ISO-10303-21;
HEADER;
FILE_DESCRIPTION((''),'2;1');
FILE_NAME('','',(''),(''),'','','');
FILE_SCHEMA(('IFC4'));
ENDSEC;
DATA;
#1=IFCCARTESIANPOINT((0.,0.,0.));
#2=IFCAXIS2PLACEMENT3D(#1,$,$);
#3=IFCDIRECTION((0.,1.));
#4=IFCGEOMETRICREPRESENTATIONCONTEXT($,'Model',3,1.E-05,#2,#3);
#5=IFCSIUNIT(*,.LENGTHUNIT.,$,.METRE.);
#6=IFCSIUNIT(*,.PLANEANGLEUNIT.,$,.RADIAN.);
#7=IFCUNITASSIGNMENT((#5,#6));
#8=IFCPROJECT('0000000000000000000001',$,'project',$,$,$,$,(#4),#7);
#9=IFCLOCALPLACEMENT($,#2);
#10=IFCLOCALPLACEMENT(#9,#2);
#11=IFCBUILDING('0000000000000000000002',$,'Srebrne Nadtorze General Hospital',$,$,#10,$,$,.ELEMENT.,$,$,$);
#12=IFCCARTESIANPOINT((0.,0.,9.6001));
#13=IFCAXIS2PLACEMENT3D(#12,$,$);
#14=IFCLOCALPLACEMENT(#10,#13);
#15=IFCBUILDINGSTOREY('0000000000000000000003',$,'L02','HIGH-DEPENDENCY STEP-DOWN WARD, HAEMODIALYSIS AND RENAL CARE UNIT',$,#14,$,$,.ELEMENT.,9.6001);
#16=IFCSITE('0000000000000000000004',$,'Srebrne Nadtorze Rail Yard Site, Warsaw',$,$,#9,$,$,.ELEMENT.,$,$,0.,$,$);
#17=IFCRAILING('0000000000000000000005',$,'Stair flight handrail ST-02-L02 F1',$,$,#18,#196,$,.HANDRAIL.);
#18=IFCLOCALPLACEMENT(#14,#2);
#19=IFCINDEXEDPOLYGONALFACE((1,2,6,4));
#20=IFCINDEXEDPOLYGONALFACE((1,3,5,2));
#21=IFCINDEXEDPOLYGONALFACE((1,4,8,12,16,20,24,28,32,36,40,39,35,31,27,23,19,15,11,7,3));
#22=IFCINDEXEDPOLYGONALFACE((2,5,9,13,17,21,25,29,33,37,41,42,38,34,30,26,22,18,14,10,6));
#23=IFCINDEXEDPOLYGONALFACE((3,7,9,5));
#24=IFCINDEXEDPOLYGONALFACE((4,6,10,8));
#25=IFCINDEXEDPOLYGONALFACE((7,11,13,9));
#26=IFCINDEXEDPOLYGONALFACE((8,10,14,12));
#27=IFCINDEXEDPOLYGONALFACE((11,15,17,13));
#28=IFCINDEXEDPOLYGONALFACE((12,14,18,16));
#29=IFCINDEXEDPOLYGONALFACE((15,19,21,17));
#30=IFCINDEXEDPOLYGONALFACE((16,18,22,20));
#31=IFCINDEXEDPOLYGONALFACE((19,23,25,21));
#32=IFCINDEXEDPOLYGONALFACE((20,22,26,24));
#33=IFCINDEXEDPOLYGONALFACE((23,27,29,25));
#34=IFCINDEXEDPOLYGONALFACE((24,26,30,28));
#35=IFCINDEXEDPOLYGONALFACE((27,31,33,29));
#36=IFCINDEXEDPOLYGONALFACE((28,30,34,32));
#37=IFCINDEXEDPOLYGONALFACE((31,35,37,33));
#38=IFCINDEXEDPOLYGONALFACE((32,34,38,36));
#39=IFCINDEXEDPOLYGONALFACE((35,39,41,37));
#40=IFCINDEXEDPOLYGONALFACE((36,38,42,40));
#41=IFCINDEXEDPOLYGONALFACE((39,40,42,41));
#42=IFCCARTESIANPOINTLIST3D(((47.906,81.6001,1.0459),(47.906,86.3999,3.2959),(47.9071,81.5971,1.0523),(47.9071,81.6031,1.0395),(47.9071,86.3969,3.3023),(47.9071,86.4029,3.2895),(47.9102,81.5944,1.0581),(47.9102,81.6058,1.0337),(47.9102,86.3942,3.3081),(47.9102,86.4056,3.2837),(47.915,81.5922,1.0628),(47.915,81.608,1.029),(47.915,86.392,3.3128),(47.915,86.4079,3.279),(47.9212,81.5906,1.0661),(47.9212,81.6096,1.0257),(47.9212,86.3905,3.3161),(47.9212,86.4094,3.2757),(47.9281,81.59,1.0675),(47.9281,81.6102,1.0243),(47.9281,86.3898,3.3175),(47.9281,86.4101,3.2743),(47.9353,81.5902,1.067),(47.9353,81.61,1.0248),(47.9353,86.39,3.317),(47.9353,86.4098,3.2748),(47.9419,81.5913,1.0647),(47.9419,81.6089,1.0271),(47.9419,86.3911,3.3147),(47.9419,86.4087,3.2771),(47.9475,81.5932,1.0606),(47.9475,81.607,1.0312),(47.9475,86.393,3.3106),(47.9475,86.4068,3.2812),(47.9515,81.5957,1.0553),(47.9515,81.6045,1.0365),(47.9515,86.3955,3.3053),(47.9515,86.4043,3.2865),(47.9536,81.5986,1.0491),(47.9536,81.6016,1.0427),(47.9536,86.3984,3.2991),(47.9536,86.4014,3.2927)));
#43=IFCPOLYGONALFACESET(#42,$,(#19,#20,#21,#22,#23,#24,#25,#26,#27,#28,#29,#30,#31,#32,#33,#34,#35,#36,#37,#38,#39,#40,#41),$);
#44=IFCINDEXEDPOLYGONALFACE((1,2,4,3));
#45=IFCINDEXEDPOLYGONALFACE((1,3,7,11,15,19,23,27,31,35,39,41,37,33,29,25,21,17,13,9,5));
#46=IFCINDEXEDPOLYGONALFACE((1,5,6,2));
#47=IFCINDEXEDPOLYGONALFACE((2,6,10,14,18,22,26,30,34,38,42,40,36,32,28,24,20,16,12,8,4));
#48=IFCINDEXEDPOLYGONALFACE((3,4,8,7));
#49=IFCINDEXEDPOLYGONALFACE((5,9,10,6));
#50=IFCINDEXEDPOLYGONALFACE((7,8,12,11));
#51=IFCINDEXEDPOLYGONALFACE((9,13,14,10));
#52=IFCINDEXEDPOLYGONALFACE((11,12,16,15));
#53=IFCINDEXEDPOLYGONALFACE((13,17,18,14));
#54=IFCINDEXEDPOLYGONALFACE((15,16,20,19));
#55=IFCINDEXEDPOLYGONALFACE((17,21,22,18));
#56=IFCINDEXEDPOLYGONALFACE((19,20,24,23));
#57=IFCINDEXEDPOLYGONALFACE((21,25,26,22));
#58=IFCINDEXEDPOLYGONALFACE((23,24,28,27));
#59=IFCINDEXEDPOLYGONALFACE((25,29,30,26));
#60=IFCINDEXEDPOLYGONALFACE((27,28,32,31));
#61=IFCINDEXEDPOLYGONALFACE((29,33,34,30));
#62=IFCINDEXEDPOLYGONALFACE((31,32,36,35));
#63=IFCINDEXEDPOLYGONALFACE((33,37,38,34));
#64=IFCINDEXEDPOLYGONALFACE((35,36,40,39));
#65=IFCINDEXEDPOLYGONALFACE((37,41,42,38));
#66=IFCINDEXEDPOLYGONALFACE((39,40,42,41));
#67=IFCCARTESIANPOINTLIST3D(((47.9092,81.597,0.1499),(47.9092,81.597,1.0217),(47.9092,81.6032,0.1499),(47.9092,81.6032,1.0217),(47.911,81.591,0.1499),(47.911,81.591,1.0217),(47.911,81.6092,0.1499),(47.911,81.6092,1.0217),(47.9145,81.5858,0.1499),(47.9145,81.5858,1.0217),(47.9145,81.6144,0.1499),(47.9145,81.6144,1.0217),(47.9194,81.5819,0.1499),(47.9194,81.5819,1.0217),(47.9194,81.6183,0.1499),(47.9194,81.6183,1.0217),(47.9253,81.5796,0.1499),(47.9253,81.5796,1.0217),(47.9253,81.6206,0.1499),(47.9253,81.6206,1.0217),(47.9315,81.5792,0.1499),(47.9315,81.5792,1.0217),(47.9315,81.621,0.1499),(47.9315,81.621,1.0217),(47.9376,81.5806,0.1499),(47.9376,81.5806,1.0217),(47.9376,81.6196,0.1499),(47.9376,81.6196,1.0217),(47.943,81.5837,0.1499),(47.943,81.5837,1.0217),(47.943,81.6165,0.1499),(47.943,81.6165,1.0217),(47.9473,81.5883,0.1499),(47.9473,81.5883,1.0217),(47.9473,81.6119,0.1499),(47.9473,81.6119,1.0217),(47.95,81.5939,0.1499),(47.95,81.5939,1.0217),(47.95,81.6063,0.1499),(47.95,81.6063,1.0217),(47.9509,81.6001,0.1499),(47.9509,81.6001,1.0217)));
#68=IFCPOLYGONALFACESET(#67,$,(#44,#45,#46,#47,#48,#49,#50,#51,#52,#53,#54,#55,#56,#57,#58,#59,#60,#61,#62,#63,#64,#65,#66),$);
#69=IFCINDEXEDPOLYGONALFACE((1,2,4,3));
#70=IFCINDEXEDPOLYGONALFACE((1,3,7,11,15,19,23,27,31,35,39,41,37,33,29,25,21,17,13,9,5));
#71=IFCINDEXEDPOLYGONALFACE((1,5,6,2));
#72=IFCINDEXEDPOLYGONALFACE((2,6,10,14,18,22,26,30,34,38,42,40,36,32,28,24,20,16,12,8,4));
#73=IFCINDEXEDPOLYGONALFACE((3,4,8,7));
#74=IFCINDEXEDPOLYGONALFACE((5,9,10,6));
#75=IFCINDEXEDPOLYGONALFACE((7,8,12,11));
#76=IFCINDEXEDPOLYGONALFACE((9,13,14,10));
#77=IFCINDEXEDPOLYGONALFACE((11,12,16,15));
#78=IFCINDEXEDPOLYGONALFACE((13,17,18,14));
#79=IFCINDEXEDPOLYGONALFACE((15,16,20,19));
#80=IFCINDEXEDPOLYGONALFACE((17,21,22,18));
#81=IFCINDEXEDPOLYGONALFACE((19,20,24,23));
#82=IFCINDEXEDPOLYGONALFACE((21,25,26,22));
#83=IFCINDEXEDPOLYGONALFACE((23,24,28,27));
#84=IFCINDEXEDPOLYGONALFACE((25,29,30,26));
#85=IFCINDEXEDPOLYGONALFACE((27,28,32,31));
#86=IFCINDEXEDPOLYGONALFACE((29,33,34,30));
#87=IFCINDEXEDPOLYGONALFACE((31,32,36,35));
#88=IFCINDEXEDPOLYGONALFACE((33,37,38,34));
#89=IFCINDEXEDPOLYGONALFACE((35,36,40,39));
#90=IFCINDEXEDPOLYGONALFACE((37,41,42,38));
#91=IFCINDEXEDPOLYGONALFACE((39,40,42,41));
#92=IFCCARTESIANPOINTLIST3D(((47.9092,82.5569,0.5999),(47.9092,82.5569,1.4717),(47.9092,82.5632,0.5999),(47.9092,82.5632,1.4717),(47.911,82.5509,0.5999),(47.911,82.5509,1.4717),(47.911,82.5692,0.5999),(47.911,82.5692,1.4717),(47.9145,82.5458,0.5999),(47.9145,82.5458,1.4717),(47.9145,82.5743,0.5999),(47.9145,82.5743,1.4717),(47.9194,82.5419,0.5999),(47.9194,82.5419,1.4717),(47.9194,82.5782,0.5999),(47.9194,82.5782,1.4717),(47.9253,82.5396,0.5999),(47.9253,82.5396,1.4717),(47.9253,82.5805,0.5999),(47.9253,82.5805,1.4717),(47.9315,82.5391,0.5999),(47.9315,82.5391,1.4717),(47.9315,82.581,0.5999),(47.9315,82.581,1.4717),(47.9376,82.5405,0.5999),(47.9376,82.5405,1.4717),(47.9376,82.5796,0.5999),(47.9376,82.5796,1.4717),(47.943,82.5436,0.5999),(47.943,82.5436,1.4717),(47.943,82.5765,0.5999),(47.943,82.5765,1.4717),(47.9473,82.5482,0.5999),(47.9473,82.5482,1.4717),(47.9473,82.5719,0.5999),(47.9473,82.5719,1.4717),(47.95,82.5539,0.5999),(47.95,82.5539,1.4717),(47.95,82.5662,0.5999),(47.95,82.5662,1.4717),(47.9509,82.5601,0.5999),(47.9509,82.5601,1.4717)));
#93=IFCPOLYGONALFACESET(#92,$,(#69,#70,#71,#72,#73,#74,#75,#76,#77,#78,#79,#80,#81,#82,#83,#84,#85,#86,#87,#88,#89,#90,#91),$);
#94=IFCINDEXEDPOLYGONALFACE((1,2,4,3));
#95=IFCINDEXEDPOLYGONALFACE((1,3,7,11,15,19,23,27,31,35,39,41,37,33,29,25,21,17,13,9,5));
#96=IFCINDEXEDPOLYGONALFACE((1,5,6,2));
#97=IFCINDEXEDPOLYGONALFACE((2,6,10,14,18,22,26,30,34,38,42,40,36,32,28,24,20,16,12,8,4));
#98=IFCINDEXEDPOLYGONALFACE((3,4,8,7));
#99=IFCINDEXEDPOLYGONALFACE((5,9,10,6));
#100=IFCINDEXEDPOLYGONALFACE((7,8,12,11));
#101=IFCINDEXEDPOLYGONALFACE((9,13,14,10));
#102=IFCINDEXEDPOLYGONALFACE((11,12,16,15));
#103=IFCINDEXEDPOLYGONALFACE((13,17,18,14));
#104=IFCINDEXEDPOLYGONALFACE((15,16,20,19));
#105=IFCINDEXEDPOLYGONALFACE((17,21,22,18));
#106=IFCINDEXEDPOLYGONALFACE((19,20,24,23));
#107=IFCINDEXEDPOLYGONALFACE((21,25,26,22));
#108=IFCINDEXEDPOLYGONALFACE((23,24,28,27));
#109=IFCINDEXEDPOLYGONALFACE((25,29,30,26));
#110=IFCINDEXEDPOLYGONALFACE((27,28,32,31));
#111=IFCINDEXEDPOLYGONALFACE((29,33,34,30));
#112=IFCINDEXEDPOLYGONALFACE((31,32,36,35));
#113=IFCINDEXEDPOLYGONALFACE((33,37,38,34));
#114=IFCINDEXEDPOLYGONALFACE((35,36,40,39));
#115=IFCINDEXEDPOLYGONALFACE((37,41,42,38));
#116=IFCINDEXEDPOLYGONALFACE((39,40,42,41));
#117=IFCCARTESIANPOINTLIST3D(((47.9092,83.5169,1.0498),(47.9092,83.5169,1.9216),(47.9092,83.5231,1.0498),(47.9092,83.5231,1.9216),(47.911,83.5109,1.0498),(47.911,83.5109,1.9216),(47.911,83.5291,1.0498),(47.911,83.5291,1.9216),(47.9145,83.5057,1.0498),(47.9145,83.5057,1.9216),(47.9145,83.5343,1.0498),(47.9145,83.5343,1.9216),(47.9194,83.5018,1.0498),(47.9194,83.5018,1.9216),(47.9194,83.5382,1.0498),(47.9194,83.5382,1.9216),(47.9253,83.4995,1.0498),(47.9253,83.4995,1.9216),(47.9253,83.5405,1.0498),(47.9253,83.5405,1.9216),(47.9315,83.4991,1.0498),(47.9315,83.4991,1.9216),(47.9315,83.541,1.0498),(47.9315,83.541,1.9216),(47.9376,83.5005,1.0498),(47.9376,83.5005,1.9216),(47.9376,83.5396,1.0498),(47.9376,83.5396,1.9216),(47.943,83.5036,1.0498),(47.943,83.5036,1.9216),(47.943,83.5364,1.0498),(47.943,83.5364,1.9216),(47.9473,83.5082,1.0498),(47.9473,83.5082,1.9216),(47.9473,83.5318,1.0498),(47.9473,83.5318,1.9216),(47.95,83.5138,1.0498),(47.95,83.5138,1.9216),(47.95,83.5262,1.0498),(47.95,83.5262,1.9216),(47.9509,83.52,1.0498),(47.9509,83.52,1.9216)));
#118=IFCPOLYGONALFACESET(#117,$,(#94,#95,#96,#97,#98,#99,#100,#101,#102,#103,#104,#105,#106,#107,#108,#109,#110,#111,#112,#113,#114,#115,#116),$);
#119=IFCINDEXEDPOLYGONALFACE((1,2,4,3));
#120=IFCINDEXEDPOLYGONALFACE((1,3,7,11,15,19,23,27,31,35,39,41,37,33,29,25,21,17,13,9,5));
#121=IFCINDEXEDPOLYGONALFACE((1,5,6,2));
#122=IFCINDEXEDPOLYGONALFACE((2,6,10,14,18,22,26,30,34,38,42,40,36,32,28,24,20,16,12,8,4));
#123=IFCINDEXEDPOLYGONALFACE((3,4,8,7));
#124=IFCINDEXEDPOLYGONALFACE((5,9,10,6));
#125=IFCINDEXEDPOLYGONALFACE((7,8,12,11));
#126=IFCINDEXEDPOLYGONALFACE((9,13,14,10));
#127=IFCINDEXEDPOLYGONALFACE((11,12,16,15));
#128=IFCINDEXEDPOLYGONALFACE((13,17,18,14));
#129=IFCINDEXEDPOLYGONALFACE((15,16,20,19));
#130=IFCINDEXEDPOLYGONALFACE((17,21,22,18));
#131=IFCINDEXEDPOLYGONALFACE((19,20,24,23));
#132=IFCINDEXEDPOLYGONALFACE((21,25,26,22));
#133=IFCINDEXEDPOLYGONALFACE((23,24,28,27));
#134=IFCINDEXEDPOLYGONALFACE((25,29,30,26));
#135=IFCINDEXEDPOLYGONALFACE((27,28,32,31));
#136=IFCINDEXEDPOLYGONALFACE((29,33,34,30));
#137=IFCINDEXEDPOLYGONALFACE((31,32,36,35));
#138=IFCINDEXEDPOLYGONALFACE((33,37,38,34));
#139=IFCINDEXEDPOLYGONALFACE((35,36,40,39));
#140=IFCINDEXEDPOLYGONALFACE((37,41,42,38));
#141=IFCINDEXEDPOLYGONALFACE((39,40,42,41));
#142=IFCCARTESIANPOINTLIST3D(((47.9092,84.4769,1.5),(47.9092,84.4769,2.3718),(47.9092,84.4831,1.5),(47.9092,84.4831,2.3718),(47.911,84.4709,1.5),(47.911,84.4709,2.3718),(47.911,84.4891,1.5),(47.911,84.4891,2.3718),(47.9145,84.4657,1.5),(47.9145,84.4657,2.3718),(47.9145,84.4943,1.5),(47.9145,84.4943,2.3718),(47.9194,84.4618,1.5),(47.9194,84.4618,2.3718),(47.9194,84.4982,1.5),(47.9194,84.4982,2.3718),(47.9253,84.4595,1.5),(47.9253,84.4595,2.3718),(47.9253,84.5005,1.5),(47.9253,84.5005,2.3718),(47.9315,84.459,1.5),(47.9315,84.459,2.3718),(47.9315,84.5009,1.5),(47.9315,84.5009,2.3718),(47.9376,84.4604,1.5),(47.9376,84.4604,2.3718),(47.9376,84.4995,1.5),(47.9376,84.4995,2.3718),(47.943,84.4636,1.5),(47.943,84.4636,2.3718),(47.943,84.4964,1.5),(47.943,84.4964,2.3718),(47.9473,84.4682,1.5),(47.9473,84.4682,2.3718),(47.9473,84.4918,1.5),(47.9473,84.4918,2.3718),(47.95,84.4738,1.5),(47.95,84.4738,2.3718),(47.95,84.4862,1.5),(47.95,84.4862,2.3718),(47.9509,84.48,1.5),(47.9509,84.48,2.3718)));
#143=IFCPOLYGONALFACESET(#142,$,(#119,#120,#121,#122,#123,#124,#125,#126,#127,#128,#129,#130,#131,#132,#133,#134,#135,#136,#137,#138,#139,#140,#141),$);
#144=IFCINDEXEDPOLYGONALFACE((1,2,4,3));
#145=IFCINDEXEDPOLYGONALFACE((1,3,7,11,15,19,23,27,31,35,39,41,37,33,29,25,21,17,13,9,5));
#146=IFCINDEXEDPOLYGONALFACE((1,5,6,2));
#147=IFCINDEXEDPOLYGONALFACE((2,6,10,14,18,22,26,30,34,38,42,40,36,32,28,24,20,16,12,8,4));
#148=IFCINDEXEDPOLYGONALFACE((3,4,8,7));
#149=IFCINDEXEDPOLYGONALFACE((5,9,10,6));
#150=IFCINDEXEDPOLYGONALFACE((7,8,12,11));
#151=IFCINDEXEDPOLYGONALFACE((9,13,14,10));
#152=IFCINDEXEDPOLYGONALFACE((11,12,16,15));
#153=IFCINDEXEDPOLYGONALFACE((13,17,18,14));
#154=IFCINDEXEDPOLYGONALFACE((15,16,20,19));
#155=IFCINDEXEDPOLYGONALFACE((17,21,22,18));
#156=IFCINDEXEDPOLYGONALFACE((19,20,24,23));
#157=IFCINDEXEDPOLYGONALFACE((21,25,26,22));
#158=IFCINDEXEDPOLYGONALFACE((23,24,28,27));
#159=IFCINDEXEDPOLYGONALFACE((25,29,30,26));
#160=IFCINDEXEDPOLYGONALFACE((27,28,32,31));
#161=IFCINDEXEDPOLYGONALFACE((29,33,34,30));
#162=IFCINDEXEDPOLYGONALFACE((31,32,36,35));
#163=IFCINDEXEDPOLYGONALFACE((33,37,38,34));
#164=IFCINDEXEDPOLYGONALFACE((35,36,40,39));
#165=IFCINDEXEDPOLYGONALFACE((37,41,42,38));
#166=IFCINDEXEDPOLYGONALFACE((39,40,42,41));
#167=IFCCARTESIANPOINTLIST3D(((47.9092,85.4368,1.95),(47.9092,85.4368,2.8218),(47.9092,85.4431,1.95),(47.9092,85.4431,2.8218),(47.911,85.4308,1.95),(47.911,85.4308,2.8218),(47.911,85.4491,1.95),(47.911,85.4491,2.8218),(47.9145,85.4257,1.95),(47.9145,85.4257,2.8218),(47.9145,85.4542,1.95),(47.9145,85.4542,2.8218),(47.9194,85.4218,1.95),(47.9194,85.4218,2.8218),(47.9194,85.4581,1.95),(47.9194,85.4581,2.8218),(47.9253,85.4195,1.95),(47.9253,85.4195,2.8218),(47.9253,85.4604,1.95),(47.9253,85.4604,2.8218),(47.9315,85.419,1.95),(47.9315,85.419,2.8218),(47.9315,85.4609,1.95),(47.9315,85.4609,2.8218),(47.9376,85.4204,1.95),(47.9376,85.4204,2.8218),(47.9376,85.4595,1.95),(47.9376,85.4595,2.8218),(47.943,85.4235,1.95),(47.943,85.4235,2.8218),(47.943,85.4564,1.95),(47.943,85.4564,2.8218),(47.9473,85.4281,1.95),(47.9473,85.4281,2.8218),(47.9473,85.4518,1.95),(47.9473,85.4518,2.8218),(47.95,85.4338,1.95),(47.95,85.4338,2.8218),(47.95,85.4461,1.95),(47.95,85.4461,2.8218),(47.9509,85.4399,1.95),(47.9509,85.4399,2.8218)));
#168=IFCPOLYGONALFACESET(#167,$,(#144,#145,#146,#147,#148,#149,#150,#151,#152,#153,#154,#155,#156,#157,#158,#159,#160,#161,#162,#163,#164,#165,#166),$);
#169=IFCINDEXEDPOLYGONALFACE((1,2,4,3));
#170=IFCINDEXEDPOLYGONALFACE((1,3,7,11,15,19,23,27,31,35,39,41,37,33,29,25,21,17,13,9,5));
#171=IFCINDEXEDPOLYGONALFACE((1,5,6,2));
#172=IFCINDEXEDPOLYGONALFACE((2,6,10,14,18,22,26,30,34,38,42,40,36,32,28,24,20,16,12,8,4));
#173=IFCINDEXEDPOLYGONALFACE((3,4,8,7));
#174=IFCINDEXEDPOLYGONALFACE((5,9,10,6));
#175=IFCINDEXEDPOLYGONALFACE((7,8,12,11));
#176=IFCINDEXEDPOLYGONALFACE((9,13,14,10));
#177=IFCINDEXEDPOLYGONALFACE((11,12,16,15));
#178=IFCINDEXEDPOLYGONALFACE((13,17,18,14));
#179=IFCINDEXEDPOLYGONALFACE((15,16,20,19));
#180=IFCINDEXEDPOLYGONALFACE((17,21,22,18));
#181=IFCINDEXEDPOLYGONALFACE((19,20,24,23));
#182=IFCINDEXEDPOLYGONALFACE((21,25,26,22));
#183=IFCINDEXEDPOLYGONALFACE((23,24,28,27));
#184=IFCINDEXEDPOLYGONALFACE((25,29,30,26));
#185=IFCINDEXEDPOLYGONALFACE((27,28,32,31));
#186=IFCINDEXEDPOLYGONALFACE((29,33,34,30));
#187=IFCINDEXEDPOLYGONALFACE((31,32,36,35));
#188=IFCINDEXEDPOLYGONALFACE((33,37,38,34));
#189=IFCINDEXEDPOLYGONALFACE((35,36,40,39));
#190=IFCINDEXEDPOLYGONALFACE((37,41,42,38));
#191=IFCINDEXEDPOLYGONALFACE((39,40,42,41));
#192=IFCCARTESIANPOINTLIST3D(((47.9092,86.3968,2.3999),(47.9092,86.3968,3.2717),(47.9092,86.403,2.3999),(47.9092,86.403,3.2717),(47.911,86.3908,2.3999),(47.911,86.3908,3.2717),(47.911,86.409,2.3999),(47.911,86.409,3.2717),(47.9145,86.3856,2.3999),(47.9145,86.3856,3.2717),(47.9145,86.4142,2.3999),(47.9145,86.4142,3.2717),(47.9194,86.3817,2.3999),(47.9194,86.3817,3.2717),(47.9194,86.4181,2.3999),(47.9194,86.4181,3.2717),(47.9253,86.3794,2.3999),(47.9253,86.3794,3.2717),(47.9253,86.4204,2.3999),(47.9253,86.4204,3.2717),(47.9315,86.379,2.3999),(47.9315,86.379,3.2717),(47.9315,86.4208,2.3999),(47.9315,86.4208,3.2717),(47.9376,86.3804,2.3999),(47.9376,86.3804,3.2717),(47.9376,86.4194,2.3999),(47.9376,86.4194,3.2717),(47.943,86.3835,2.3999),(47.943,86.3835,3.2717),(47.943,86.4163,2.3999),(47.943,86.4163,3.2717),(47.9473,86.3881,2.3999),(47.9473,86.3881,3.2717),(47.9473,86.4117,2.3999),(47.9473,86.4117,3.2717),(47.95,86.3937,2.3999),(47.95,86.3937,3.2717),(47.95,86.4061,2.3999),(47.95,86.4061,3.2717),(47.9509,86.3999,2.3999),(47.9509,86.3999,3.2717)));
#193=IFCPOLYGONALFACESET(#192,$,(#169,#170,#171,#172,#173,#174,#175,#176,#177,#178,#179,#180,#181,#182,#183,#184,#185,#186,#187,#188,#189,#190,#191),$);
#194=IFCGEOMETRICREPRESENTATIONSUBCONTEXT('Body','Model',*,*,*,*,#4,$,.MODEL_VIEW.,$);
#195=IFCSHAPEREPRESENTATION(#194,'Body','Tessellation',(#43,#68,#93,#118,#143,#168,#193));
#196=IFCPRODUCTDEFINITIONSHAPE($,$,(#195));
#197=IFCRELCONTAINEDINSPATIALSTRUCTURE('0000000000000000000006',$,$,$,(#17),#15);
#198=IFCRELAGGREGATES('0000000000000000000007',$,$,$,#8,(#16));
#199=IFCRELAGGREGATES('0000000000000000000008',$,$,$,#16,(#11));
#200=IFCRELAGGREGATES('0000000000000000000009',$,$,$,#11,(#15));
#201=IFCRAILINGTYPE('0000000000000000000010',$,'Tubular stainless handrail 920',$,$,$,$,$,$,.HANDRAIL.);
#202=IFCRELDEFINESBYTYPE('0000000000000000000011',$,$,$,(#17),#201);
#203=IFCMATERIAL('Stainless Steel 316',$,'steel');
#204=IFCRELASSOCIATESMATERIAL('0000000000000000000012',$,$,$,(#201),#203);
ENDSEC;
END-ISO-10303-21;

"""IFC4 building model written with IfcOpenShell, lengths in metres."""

from ifc_helpers import new_model, si_unit, direction, frame, origin, origin_2d, place, context, subcontext, project, spatial, circle, extrude, material, type_object, element, save


model = new_model("IFC4")

# Units and contexts
model_context = context("Model", 3, precision=1e-05, world=origin(), true_north=direction((0.0, 1.0)))
body_context = subcontext(model_context, "Body", "Model", "MODEL_VIEW")
ifc_project = project(units=[si_unit("LENGTHUNIT", "METRE"), si_unit("PLANEANGLEUNIT", "RADIAN")], contexts=[model_context])

# Site, building, storey
site_placement = place(None, origin())
site = spatial("IfcSite", under=ifc_project, at=site_placement, Name="Srebrne Nadtorze Rail Yard Site, Warsaw", CompositionType="ELEMENT", RefElevation=0.0)
building_placement = place(site_placement, origin())
building = spatial("IfcBuilding", under=site, at=building_placement, Name="Srebrne Nadtorze General Hospital", CompositionType="ELEMENT")
storey_placement = place(building_placement, frame((0.0, 0.0, 9.6001)))
storey = spatial("IfcBuildingStorey", under=building, at=storey_placement, Name="L02", Description="HIGH-DEPENDENCY STEP-DOWN WARD, HAEMODIALYSIS AND RENAL CARE UNIT", CompositionType="ELEMENT", Elevation=9.6001)

# Railing
ifc_material_1 = material(Name="Stainless Steel 316", Category="steel")
railing_type = type_object("IfcRailingType", Name="Tubular stainless handrail 920", PredefinedType="HANDRAIL", material=ifc_material_1)
railing_placement = place(storey_placement, frame((47.9299, 81.6001, 0.1499)))
element("IfcRailing", 1, at=railing_placement, inside=storey, type_object=railing_type, Name="Stair flight handrail ST-02-L02 F1", PredefinedType="HANDRAIL", context=body_context, shape_type="SweptSolid", body=[
    extrude(circle(Radius=0.0239, at=origin_2d()), frame((0.0, 0.0, 0.896), z_axis=(0.0, 0.905452, 0.424448), x_axis=(-1.0, 0.0, 0.0)), (0.0, 0.0, 1.0), 5.301),
    extrude(circle(Radius=0.021, at=origin_2d()), origin(), (0.0, 0.0, 1.0), 0.8718),
    extrude(circle(Radius=0.021, at=origin_2d()), frame((0.0, 0.96, 0.45)), (0.0, 0.0, 1.0), 0.8718),
    extrude(circle(Radius=0.021, at=origin_2d()), frame((0.0, 1.9199, 0.8999)), (0.0, 0.0, 1.0), 0.8718),
    extrude(circle(Radius=0.021, at=origin_2d()), frame((0.0, 2.8799, 1.3501)), (0.0, 0.0, 1.0), 0.8718),
    extrude(circle(Radius=0.021, at=origin_2d()), frame((0.0, 3.8398, 1.8)), (0.0, 0.0, 1.0), 0.8718),
    extrude(circle(Radius=0.021, at=origin_2d()), frame((0.0, 4.7998, 2.25)), (0.0, 0.0, 1.0), 0.8718),
])

save(model, "model.ifc")
